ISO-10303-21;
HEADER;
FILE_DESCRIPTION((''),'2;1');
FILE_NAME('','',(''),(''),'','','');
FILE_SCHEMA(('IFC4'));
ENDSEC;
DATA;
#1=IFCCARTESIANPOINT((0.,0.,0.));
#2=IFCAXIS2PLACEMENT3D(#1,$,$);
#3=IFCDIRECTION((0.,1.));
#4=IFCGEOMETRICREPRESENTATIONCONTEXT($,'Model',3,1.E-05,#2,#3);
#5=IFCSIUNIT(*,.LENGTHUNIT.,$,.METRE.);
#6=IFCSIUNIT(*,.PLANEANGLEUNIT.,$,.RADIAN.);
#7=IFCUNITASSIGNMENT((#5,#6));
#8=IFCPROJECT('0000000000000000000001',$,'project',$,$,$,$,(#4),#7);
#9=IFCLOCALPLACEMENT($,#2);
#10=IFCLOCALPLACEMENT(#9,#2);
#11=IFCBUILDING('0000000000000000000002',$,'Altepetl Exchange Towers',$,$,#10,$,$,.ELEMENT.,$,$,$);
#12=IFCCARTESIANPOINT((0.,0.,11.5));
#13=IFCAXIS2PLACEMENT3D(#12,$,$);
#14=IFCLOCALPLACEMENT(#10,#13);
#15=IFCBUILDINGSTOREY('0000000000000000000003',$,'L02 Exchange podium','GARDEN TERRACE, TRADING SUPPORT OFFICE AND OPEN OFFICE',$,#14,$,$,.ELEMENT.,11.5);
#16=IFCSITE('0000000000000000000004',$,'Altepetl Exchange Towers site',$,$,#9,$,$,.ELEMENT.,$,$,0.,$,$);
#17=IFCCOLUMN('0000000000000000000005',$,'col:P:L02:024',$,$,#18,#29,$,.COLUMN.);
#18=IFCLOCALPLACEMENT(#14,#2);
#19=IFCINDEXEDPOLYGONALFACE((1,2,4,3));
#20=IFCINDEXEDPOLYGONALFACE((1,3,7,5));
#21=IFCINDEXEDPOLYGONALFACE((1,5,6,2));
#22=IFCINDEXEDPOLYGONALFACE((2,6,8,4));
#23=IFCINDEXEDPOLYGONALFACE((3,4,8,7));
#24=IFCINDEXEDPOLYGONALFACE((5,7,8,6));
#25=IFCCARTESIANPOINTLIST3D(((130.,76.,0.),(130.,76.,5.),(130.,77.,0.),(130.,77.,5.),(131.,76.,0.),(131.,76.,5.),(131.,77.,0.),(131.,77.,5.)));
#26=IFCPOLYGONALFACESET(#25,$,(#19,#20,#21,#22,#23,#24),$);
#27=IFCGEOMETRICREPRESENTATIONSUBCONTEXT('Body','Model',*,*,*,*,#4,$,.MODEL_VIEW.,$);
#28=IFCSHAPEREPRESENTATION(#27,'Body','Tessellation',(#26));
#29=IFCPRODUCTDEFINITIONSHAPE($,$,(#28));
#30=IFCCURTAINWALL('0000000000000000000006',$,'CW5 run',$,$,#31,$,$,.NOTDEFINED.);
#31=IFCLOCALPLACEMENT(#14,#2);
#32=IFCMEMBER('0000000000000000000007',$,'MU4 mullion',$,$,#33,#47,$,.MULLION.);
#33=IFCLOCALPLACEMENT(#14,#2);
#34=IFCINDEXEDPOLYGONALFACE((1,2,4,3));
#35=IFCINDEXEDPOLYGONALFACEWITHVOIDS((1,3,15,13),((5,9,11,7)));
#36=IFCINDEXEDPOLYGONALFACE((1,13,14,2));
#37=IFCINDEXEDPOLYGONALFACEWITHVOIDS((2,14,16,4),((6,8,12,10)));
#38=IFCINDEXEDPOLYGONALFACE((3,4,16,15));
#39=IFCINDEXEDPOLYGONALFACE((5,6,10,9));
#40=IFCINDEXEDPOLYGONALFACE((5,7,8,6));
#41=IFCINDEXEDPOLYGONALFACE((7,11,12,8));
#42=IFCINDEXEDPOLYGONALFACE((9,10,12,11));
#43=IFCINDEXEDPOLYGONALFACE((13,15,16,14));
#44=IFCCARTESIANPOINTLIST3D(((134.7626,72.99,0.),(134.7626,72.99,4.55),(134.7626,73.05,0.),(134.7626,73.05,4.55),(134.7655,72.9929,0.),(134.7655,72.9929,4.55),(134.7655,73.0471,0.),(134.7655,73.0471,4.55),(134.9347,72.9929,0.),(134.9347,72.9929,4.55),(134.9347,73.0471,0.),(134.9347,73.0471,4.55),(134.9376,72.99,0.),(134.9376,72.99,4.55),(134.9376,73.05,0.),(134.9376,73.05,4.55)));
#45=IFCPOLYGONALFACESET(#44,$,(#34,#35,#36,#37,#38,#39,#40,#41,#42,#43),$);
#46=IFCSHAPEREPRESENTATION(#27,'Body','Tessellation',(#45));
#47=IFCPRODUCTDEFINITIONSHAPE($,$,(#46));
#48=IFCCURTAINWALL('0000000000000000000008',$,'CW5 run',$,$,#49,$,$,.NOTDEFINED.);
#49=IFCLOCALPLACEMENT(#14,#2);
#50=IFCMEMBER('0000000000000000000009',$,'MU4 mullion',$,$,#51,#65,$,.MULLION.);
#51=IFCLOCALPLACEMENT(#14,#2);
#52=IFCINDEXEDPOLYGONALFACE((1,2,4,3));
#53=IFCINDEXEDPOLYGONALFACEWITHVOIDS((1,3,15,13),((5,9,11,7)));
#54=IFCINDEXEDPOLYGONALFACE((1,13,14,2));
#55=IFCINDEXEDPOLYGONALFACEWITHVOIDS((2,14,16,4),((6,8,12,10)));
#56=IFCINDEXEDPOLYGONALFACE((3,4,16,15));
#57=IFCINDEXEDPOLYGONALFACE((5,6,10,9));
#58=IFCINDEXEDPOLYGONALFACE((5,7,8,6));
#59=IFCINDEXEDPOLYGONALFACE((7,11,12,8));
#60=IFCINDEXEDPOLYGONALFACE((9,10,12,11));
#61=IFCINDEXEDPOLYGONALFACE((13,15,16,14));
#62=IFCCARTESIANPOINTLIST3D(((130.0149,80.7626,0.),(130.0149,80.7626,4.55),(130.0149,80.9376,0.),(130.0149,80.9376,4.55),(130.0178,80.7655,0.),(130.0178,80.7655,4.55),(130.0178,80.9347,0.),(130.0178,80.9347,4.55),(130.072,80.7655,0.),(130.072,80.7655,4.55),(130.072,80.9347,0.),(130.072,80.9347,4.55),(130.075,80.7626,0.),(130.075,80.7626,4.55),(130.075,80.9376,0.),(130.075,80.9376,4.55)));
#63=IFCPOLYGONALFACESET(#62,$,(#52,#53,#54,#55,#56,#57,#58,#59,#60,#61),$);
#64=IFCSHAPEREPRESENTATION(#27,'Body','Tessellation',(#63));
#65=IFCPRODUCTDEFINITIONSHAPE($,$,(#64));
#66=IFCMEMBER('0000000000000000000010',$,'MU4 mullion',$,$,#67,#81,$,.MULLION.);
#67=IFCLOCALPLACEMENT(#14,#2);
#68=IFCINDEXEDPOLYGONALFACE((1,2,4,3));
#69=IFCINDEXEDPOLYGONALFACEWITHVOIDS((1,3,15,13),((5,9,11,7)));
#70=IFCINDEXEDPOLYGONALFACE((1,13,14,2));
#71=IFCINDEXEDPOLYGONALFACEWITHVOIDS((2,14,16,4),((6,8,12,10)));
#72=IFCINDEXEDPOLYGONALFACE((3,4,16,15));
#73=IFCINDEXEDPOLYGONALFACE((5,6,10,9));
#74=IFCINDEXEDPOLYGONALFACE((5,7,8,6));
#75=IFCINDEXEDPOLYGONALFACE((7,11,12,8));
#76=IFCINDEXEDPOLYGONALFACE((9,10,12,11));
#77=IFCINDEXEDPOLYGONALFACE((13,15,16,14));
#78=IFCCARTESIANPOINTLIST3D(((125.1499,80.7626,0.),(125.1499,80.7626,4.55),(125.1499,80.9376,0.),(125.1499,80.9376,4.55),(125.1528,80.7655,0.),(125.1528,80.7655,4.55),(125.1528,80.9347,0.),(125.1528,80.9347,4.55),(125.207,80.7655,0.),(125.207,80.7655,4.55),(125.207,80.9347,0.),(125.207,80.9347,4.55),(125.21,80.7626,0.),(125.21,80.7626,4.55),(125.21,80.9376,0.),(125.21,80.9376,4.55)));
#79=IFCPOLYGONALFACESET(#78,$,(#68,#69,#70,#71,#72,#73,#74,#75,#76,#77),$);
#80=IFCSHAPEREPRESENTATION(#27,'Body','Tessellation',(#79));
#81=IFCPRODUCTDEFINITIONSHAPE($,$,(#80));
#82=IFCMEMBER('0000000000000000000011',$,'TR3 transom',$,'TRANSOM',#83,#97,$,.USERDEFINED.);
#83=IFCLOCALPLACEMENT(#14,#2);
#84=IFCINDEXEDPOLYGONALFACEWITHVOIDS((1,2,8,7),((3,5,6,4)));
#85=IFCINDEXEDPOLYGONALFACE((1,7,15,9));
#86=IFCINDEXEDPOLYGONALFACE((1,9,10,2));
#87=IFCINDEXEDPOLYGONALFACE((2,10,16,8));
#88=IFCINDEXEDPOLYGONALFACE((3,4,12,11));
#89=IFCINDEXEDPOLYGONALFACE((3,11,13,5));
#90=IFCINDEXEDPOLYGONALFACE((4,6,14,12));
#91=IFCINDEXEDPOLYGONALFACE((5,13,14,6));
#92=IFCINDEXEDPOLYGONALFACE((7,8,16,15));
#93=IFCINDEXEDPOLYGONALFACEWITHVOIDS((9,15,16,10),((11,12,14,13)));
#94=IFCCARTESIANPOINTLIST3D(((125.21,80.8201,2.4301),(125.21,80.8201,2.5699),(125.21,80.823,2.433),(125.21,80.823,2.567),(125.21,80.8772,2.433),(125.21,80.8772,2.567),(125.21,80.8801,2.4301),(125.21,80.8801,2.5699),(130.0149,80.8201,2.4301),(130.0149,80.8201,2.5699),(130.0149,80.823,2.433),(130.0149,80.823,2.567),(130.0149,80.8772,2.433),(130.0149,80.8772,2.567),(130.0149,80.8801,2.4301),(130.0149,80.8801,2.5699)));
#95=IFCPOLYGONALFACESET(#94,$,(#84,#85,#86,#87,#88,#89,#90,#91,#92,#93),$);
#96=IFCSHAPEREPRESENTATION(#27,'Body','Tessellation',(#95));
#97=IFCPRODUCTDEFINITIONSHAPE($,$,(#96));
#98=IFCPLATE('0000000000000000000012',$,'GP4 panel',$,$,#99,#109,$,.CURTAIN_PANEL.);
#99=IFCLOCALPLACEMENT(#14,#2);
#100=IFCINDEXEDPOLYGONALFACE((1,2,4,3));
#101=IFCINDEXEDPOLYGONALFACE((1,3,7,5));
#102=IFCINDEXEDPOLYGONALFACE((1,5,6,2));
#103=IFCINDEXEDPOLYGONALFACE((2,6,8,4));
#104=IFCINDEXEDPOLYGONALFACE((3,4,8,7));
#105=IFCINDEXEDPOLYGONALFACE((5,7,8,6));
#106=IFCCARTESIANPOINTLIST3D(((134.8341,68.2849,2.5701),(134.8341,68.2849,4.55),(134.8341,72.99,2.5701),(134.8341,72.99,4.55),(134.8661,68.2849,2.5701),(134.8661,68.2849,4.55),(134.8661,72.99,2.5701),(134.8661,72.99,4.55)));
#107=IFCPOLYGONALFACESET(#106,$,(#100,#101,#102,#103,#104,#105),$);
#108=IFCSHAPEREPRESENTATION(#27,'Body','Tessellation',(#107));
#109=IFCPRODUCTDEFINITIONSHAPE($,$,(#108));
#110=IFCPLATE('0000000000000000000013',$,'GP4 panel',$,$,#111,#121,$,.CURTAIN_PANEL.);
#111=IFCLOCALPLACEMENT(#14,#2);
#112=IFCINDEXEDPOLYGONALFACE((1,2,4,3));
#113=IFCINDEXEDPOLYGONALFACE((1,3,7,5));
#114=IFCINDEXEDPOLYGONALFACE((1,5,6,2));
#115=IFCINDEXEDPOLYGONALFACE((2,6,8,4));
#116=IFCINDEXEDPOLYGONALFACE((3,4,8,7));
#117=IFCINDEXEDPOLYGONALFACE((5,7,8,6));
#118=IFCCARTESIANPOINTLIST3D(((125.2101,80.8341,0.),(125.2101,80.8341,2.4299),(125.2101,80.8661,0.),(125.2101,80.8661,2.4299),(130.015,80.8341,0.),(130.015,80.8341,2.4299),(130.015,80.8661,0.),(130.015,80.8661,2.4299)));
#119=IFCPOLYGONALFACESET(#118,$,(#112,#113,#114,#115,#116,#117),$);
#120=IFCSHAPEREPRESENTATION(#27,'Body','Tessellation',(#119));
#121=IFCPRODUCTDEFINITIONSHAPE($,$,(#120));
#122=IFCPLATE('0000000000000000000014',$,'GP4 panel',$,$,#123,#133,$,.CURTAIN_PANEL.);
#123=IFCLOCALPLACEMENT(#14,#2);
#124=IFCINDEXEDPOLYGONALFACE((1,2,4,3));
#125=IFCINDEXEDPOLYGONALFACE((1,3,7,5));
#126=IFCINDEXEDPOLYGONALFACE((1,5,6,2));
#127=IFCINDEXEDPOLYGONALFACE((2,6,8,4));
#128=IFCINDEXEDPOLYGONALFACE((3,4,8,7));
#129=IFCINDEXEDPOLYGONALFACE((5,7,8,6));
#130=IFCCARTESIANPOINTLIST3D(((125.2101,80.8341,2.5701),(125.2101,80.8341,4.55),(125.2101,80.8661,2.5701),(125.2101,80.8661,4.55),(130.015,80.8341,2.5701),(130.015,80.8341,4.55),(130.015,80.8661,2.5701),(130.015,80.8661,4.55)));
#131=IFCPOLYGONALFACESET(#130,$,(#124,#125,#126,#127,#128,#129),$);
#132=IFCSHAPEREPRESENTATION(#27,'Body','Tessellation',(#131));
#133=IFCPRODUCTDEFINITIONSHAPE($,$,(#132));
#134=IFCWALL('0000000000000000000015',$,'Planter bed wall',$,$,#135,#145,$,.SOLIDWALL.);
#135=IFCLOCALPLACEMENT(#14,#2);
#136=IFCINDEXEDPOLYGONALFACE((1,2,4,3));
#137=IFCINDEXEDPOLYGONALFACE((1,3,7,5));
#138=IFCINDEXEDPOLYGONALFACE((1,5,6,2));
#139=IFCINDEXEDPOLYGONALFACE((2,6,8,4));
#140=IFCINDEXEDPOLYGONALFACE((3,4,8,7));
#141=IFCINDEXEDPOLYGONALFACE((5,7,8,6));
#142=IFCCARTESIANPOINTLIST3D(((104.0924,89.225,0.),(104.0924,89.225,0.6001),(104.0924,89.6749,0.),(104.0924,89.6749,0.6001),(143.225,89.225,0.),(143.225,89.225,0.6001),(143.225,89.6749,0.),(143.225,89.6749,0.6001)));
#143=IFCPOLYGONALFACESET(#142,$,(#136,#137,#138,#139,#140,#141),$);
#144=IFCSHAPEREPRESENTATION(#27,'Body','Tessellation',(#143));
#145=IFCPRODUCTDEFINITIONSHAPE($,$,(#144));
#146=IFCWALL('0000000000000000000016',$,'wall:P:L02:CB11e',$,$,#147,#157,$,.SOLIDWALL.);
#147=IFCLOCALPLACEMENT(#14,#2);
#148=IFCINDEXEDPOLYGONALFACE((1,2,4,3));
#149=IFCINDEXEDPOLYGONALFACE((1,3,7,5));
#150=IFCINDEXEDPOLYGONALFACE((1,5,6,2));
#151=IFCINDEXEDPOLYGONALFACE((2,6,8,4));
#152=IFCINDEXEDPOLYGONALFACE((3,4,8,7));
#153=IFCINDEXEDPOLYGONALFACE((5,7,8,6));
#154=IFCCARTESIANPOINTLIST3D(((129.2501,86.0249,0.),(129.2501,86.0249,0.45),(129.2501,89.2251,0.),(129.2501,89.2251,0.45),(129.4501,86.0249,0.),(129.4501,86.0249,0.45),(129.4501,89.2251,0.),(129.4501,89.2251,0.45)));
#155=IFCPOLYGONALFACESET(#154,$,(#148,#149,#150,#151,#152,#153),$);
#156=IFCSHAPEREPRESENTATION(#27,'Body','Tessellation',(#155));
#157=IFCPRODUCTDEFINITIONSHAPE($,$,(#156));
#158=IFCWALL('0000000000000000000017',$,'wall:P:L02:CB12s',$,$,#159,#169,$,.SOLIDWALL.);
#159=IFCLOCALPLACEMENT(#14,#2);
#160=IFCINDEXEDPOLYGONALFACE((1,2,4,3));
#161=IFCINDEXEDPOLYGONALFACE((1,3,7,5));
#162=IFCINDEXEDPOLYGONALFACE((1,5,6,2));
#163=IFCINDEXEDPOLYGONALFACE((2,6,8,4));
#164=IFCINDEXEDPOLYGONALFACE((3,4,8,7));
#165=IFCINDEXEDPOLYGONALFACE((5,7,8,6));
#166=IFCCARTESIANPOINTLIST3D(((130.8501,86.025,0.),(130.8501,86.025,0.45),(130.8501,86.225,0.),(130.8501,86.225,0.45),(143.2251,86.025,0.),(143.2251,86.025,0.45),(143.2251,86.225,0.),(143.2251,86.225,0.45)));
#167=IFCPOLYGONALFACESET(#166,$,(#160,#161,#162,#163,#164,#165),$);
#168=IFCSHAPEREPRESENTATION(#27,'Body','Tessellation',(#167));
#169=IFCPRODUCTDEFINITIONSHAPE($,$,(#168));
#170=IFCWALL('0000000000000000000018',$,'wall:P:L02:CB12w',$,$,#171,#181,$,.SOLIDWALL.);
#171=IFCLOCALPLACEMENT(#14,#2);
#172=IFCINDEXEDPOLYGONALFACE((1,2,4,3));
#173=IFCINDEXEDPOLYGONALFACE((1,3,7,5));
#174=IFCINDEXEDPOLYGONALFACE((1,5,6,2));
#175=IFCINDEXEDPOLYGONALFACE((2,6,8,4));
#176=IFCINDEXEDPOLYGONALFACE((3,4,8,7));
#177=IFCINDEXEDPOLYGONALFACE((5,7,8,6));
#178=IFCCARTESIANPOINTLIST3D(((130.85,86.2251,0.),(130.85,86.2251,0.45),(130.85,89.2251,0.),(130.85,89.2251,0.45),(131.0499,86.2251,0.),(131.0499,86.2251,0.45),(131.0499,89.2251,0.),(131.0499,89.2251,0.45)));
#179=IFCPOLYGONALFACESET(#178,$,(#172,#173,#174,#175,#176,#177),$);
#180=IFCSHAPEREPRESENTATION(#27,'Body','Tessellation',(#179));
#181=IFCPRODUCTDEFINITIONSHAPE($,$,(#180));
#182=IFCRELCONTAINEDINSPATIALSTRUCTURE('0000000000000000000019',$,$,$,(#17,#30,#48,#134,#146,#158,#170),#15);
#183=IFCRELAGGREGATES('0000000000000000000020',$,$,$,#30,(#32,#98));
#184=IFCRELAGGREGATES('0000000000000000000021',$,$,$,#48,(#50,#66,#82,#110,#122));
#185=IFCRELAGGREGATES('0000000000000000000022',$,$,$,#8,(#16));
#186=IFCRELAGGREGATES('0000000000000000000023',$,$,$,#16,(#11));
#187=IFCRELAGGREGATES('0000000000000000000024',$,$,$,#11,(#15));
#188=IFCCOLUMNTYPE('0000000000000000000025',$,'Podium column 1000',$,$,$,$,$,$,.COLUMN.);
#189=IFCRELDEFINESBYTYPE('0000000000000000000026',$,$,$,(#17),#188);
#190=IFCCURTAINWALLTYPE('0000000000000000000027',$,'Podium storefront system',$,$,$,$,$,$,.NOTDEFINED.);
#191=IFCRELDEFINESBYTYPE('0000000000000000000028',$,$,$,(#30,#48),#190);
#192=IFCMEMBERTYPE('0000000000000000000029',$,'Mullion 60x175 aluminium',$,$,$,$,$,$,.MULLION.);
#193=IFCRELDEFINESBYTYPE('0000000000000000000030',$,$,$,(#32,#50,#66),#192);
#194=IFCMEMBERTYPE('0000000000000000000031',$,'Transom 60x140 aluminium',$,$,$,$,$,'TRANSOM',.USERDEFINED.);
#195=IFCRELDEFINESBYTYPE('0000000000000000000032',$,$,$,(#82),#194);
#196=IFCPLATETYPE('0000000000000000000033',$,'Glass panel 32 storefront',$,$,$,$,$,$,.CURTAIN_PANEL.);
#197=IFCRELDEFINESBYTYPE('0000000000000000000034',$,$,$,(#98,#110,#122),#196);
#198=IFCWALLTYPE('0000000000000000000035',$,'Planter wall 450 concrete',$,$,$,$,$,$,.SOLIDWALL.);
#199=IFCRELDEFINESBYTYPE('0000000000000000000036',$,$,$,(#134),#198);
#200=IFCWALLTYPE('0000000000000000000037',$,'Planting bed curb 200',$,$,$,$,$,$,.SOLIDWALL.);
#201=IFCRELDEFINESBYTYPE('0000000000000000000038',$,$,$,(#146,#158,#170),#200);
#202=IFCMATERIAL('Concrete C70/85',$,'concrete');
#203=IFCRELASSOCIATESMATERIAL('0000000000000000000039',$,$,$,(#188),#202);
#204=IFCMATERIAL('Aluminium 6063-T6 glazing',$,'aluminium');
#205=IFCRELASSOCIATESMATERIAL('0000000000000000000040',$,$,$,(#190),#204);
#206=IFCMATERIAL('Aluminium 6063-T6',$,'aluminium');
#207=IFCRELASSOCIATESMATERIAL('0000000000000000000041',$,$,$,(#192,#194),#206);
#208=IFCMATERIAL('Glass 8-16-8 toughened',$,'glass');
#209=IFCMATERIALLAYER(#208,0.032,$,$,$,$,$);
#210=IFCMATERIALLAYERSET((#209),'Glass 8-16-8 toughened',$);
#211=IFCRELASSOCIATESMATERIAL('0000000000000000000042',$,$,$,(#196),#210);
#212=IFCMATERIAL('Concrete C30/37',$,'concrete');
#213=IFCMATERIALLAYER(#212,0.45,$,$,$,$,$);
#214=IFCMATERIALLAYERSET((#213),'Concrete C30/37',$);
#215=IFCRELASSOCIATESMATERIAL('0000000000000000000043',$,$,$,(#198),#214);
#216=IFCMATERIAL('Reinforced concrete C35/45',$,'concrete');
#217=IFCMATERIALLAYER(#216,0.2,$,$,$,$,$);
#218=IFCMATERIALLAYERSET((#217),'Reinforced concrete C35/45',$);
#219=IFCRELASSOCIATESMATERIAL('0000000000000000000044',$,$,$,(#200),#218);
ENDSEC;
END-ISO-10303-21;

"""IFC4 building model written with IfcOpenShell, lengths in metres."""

from ifc_helpers import new_model, si_unit, direction, frame, frame_2d, origin, origin_2d, place, context, subcontext, project, spatial, rectangle, hollow_rectangle, extrude, material, layer, layer_set, material_profile, profile_set, type_object, element, aggregate, save


model = new_model("IFC4")

# Units and contexts
model_context = context("Model", 3, precision=1e-05, world=origin(), true_north=direction((0.0, 1.0)))
body_context = subcontext(model_context, "Body", "Model", "MODEL_VIEW")
ifc_project = project(units=[si_unit("LENGTHUNIT", "METRE"), si_unit("PLANEANGLEUNIT", "RADIAN")], contexts=[model_context])

# Site, building, storey
site_placement = place(None, origin())
site = spatial("IfcSite", under=ifc_project, at=site_placement, Name="Altepetl Exchange Towers site", CompositionType="ELEMENT", RefElevation=0.0)
building_placement = place(site_placement, origin())
building = spatial("IfcBuilding", under=site, at=building_placement, Name="Altepetl Exchange Towers", CompositionType="ELEMENT")
storey_placement = place(building_placement, frame((0.0, 0.0, 11.5)))
storey = spatial("IfcBuildingStorey", under=building, at=storey_placement, Name="L02 Exchange podium", Description="GARDEN TERRACE, TRADING SUPPORT OFFICE AND OPEN OFFICE", CompositionType="ELEMENT", Elevation=11.5)

# Column
ifc_material_1 = material(Name="Concrete C70/85", Category="concrete")
ifc_material_profile_1 = material_profile(ifc_material_1, rectangle(XDim=1.0, YDim=1.0, at=origin_2d()), Name="1000 x 1000")
ifc_profile_set_1 = profile_set([ifc_material_profile_1], Name="Concrete C70/85")
column_type = type_object("IfcColumnType", Name="Podium column 1000", PredefinedType="COLUMN", material=ifc_profile_set_1)
column_placement = place(storey_placement, frame((130.5, 76.5, 0.0)))
element("IfcColumn", 1, at=column_placement, inside=storey, type_object=column_type, Name="col:P:L02:024", PredefinedType="COLUMN", context=body_context, shape_type="SweptSolid", body=[
    extrude(rectangle(XDim=1.0, YDim=1.0, at=origin_2d()), origin(), (0.0, 0.0, 1.0), 5.0),
])

# Curtain wall, member
ifc_material_2 = material(Name="Aluminium 6063-T6 glazing", Category="aluminium")
curtain_wall_type = type_object("IfcCurtainWallType", Name="Podium storefront system", PredefinedType="NOTDEFINED", material=ifc_material_2)
curtain_wall_1_placement = place(storey_placement, origin())
curtain_wall_1 = element("IfcCurtainWall", 2, at=curtain_wall_1_placement, inside=storey, type_object=curtain_wall_type, Name="CW5 run", PredefinedType="NOTDEFINED")
ifc_material_3 = material(Name="Aluminium 6063-T6", Category="aluminium")
ifc_material_profile_2 = material_profile(ifc_material_3, hollow_rectangle(XDim=0.0601, YDim=0.175, WallThickness=0.0029, at=origin_2d()), Name="Mullion 60x175 aluminium")
ifc_profile_set_2 = profile_set([ifc_material_profile_2], Name="Aluminium 6063-T6")
member_type_1 = type_object("IfcMemberType", Name="Mullion 60x175 aluminium", PredefinedType="MULLION", material=ifc_profile_set_2)
member_1_placement = place(storey_placement, frame((134.8501, 73.02, 0.0), z_axis=(0.0, 0.0, 1.0), x_axis=(0.0, 1.0, 0.0)))
member_1 = element("IfcMember", 3, at=member_1_placement, type_object=member_type_1, Name="MU4 mullion", PredefinedType="MULLION", context=body_context, shape_type="SweptSolid", body=[
    extrude(hollow_rectangle(XDim=0.0601, YDim=0.175, WallThickness=0.0029, at=origin_2d()), origin(), (0.0, 0.0, 1.0), 4.55),
])

# Curtain wall, members
curtain_wall_2_placement = place(storey_placement, origin())
curtain_wall_2 = element("IfcCurtainWall", 4, at=curtain_wall_2_placement, inside=storey, type_object=curtain_wall_type, Name="CW5 run", PredefinedType="NOTDEFINED")
member_2_placement = place(storey_placement, frame((130.0449, 80.8501, 0.0), z_axis=(0.0, 0.0, 1.0), x_axis=(-1.0, 0.0, 0.0)))
member_2 = element("IfcMember", 5, at=member_2_placement, type_object=member_type_1, Name="MU4 mullion", PredefinedType="MULLION", context=body_context, shape_type="SweptSolid", body=[
    extrude(hollow_rectangle(XDim=0.0601, YDim=0.175, WallThickness=0.0029, at=origin_2d()), origin(), (0.0, 0.0, 1.0), 4.55),
])
member_3_placement = place(storey_placement, frame((125.1799, 80.8501, 0.0), z_axis=(0.0, 0.0, 1.0), x_axis=(-1.0, 0.0, 0.0)))
member_3 = element("IfcMember", 6, at=member_3_placement, type_object=member_type_1, Name="MU4 mullion", PredefinedType="MULLION", context=body_context, shape_type="SweptSolid", body=[
    extrude(hollow_rectangle(XDim=0.0601, YDim=0.175, WallThickness=0.0029, at=origin_2d()), origin(), (0.0, 0.0, 1.0), 4.55),
])
ifc_material_profile_3 = material_profile(ifc_material_3, hollow_rectangle(XDim=0.0601, YDim=0.1399, WallThickness=0.0029, at=origin_2d()), Name="Transom 60x140 aluminium")
ifc_profile_set_3 = profile_set([ifc_material_profile_3], Name="Aluminium 6063-T6")
member_type_2 = type_object("IfcMemberType", Name="Transom 60x140 aluminium", ElementType="TRANSOM", PredefinedType="USERDEFINED", material=ifc_profile_set_3)
member_4_placement = place(storey_placement, frame((130.0149, 80.8501, 2.5), z_axis=(-1.0, 0.0, 0.0), x_axis=(0.0, -1.0, 0.0)))
member_4 = element("IfcMember", 7, at=member_4_placement, type_object=member_type_2, Name="TR3 transom", ObjectType="TRANSOM", PredefinedType="USERDEFINED", context=body_context, shape_type="SweptSolid", body=[
    extrude(hollow_rectangle(XDim=0.0601, YDim=0.1399, WallThickness=0.0029, at=origin_2d()), origin(), (0.0, 0.0, 1.0), 4.8049),
])

# Plates
ifc_material_4 = material(Name="Glass 8-16-8 toughened", Category="glass")
ifc_layer_1 = layer(ifc_material_4, 0.032)
ifc_layer_set_1 = layer_set([ifc_layer_1], Name="Glass 8-16-8 toughened")
plate_type = type_object("IfcPlateType", Name="Glass panel 32 storefront", PredefinedType="CURTAIN_PANEL", material=ifc_layer_set_1)
plate_1_placement = place(storey_placement, frame((134.8501, 70.6375, 2.5701), z_axis=(0.0, 0.0, 1.0), x_axis=(0.0, 1.0, 0.0)))
plate_1 = element("IfcPlate", 8, at=plate_1_placement, type_object=plate_type, Name="GP4 panel", PredefinedType="CURTAIN_PANEL", context=body_context, shape_type="SweptSolid", body=[
    extrude(rectangle(XDim=4.7051, YDim=0.032, at=origin_2d()), origin(), (0.0, 0.0, 1.0), 1.98),
])
aggregate(curtain_wall_1, [member_1, plate_1])
plate_2_placement = place(storey_placement, frame((127.6125, 80.8501, 0.0), z_axis=(0.0, 0.0, 1.0), x_axis=(-1.0, 0.0, 0.0)))
plate_2 = element("IfcPlate", 9, at=plate_2_placement, type_object=plate_type, Name="GP4 panel", PredefinedType="CURTAIN_PANEL", context=body_context, shape_type="SweptSolid", body=[
    extrude(rectangle(XDim=4.8049, YDim=0.032, at=origin_2d()), origin(), (0.0, 0.0, 1.0), 2.4299),
])
plate_3_placement = place(storey_placement, frame((127.6125, 80.8501, 2.5701), z_axis=(0.0, 0.0, 1.0), x_axis=(-1.0, 0.0, 0.0)))
plate_3 = element("IfcPlate", 10, at=plate_3_placement, type_object=plate_type, Name="GP4 panel", PredefinedType="CURTAIN_PANEL", context=body_context, shape_type="SweptSolid", body=[
    extrude(rectangle(XDim=4.8049, YDim=0.032, at=origin_2d()), origin(), (0.0, 0.0, 1.0), 1.98),
])
aggregate(curtain_wall_2, [member_2, member_3, member_4, plate_2, plate_3])

# Walls
ifc_material_5 = material(Name="Concrete C30/37", Category="concrete")
ifc_layer_2 = layer(ifc_material_5, 0.45)
ifc_layer_set_2 = layer_set([ifc_layer_2], Name="Concrete C30/37")
wall_type_1 = type_object("IfcWallType", Name="Planter wall 450 concrete", PredefinedType="SOLIDWALL", material=ifc_layer_set_2)
wall_1_placement = place(storey_placement, frame((143.2251, 89.45, 0.0), z_axis=(0.0, 0.0, 1.0), x_axis=(-1.0, 0.0, 0.0)))
element("IfcWall", 11, at=wall_1_placement, inside=storey, type_object=wall_type_1, Name="Planter bed wall", PredefinedType="SOLIDWALL", context=body_context, shape_type="SweptSolid", body=[
    extrude(rectangle(XDim=39.1326, YDim=0.45, at=frame_2d((19.5664, 0.0))), origin(), (0.0, 0.0, 1.0), 0.6001),
])
ifc_material_6 = material(Name="Reinforced concrete C35/45", Category="concrete")
ifc_layer_3 = layer(ifc_material_6, 0.2)
ifc_layer_set_3 = layer_set([ifc_layer_3], Name="Reinforced concrete C35/45")
wall_type_2 = type_object("IfcWallType", Name="Planting bed curb 200", PredefinedType="SOLIDWALL", material=ifc_layer_set_3)
wall_2_placement = place(storey_placement, frame((129.3501, 86.0249, 0.0), z_axis=(0.0, 0.0, 1.0), x_axis=(0.0, 1.0, 0.0)))
element("IfcWall", 12, at=wall_2_placement, inside=storey, type_object=wall_type_2, Name="wall:P:L02:CB11e", PredefinedType="SOLIDWALL", context=body_context, shape_type="SweptSolid", body=[
    extrude(rectangle(XDim=3.2002, YDim=0.2, at=frame_2d((1.6001, 0.0))), origin(), (0.0, 0.0, 1.0), 0.45),
])
wall_3_placement = place(storey_placement, frame((130.8501, 86.125, 0.0)))
element("IfcWall", 13, at=wall_3_placement, inside=storey, type_object=wall_type_2, Name="wall:P:L02:CB12s", PredefinedType="SOLIDWALL", context=body_context, shape_type="SweptSolid", body=[
    extrude(rectangle(XDim=12.375, YDim=0.2, at=frame_2d((6.1875, 0.0))), origin(), (0.0, 0.0, 1.0), 0.45),
])
wall_4_placement = place(storey_placement, frame((130.95, 86.2251, 0.0), z_axis=(0.0, 0.0, 1.0), x_axis=(0.0, 1.0, 0.0)))
element("IfcWall", 14, at=wall_4_placement, inside=storey, type_object=wall_type_2, Name="wall:P:L02:CB12w", PredefinedType="SOLIDWALL", context=body_context, shape_type="SweptSolid", body=[
    extrude(rectangle(XDim=3.0, YDim=0.2, at=frame_2d((1.5, 0.0))), origin(), (0.0, 0.0, 1.0), 0.45),
])

save(model, "model.ifc")
